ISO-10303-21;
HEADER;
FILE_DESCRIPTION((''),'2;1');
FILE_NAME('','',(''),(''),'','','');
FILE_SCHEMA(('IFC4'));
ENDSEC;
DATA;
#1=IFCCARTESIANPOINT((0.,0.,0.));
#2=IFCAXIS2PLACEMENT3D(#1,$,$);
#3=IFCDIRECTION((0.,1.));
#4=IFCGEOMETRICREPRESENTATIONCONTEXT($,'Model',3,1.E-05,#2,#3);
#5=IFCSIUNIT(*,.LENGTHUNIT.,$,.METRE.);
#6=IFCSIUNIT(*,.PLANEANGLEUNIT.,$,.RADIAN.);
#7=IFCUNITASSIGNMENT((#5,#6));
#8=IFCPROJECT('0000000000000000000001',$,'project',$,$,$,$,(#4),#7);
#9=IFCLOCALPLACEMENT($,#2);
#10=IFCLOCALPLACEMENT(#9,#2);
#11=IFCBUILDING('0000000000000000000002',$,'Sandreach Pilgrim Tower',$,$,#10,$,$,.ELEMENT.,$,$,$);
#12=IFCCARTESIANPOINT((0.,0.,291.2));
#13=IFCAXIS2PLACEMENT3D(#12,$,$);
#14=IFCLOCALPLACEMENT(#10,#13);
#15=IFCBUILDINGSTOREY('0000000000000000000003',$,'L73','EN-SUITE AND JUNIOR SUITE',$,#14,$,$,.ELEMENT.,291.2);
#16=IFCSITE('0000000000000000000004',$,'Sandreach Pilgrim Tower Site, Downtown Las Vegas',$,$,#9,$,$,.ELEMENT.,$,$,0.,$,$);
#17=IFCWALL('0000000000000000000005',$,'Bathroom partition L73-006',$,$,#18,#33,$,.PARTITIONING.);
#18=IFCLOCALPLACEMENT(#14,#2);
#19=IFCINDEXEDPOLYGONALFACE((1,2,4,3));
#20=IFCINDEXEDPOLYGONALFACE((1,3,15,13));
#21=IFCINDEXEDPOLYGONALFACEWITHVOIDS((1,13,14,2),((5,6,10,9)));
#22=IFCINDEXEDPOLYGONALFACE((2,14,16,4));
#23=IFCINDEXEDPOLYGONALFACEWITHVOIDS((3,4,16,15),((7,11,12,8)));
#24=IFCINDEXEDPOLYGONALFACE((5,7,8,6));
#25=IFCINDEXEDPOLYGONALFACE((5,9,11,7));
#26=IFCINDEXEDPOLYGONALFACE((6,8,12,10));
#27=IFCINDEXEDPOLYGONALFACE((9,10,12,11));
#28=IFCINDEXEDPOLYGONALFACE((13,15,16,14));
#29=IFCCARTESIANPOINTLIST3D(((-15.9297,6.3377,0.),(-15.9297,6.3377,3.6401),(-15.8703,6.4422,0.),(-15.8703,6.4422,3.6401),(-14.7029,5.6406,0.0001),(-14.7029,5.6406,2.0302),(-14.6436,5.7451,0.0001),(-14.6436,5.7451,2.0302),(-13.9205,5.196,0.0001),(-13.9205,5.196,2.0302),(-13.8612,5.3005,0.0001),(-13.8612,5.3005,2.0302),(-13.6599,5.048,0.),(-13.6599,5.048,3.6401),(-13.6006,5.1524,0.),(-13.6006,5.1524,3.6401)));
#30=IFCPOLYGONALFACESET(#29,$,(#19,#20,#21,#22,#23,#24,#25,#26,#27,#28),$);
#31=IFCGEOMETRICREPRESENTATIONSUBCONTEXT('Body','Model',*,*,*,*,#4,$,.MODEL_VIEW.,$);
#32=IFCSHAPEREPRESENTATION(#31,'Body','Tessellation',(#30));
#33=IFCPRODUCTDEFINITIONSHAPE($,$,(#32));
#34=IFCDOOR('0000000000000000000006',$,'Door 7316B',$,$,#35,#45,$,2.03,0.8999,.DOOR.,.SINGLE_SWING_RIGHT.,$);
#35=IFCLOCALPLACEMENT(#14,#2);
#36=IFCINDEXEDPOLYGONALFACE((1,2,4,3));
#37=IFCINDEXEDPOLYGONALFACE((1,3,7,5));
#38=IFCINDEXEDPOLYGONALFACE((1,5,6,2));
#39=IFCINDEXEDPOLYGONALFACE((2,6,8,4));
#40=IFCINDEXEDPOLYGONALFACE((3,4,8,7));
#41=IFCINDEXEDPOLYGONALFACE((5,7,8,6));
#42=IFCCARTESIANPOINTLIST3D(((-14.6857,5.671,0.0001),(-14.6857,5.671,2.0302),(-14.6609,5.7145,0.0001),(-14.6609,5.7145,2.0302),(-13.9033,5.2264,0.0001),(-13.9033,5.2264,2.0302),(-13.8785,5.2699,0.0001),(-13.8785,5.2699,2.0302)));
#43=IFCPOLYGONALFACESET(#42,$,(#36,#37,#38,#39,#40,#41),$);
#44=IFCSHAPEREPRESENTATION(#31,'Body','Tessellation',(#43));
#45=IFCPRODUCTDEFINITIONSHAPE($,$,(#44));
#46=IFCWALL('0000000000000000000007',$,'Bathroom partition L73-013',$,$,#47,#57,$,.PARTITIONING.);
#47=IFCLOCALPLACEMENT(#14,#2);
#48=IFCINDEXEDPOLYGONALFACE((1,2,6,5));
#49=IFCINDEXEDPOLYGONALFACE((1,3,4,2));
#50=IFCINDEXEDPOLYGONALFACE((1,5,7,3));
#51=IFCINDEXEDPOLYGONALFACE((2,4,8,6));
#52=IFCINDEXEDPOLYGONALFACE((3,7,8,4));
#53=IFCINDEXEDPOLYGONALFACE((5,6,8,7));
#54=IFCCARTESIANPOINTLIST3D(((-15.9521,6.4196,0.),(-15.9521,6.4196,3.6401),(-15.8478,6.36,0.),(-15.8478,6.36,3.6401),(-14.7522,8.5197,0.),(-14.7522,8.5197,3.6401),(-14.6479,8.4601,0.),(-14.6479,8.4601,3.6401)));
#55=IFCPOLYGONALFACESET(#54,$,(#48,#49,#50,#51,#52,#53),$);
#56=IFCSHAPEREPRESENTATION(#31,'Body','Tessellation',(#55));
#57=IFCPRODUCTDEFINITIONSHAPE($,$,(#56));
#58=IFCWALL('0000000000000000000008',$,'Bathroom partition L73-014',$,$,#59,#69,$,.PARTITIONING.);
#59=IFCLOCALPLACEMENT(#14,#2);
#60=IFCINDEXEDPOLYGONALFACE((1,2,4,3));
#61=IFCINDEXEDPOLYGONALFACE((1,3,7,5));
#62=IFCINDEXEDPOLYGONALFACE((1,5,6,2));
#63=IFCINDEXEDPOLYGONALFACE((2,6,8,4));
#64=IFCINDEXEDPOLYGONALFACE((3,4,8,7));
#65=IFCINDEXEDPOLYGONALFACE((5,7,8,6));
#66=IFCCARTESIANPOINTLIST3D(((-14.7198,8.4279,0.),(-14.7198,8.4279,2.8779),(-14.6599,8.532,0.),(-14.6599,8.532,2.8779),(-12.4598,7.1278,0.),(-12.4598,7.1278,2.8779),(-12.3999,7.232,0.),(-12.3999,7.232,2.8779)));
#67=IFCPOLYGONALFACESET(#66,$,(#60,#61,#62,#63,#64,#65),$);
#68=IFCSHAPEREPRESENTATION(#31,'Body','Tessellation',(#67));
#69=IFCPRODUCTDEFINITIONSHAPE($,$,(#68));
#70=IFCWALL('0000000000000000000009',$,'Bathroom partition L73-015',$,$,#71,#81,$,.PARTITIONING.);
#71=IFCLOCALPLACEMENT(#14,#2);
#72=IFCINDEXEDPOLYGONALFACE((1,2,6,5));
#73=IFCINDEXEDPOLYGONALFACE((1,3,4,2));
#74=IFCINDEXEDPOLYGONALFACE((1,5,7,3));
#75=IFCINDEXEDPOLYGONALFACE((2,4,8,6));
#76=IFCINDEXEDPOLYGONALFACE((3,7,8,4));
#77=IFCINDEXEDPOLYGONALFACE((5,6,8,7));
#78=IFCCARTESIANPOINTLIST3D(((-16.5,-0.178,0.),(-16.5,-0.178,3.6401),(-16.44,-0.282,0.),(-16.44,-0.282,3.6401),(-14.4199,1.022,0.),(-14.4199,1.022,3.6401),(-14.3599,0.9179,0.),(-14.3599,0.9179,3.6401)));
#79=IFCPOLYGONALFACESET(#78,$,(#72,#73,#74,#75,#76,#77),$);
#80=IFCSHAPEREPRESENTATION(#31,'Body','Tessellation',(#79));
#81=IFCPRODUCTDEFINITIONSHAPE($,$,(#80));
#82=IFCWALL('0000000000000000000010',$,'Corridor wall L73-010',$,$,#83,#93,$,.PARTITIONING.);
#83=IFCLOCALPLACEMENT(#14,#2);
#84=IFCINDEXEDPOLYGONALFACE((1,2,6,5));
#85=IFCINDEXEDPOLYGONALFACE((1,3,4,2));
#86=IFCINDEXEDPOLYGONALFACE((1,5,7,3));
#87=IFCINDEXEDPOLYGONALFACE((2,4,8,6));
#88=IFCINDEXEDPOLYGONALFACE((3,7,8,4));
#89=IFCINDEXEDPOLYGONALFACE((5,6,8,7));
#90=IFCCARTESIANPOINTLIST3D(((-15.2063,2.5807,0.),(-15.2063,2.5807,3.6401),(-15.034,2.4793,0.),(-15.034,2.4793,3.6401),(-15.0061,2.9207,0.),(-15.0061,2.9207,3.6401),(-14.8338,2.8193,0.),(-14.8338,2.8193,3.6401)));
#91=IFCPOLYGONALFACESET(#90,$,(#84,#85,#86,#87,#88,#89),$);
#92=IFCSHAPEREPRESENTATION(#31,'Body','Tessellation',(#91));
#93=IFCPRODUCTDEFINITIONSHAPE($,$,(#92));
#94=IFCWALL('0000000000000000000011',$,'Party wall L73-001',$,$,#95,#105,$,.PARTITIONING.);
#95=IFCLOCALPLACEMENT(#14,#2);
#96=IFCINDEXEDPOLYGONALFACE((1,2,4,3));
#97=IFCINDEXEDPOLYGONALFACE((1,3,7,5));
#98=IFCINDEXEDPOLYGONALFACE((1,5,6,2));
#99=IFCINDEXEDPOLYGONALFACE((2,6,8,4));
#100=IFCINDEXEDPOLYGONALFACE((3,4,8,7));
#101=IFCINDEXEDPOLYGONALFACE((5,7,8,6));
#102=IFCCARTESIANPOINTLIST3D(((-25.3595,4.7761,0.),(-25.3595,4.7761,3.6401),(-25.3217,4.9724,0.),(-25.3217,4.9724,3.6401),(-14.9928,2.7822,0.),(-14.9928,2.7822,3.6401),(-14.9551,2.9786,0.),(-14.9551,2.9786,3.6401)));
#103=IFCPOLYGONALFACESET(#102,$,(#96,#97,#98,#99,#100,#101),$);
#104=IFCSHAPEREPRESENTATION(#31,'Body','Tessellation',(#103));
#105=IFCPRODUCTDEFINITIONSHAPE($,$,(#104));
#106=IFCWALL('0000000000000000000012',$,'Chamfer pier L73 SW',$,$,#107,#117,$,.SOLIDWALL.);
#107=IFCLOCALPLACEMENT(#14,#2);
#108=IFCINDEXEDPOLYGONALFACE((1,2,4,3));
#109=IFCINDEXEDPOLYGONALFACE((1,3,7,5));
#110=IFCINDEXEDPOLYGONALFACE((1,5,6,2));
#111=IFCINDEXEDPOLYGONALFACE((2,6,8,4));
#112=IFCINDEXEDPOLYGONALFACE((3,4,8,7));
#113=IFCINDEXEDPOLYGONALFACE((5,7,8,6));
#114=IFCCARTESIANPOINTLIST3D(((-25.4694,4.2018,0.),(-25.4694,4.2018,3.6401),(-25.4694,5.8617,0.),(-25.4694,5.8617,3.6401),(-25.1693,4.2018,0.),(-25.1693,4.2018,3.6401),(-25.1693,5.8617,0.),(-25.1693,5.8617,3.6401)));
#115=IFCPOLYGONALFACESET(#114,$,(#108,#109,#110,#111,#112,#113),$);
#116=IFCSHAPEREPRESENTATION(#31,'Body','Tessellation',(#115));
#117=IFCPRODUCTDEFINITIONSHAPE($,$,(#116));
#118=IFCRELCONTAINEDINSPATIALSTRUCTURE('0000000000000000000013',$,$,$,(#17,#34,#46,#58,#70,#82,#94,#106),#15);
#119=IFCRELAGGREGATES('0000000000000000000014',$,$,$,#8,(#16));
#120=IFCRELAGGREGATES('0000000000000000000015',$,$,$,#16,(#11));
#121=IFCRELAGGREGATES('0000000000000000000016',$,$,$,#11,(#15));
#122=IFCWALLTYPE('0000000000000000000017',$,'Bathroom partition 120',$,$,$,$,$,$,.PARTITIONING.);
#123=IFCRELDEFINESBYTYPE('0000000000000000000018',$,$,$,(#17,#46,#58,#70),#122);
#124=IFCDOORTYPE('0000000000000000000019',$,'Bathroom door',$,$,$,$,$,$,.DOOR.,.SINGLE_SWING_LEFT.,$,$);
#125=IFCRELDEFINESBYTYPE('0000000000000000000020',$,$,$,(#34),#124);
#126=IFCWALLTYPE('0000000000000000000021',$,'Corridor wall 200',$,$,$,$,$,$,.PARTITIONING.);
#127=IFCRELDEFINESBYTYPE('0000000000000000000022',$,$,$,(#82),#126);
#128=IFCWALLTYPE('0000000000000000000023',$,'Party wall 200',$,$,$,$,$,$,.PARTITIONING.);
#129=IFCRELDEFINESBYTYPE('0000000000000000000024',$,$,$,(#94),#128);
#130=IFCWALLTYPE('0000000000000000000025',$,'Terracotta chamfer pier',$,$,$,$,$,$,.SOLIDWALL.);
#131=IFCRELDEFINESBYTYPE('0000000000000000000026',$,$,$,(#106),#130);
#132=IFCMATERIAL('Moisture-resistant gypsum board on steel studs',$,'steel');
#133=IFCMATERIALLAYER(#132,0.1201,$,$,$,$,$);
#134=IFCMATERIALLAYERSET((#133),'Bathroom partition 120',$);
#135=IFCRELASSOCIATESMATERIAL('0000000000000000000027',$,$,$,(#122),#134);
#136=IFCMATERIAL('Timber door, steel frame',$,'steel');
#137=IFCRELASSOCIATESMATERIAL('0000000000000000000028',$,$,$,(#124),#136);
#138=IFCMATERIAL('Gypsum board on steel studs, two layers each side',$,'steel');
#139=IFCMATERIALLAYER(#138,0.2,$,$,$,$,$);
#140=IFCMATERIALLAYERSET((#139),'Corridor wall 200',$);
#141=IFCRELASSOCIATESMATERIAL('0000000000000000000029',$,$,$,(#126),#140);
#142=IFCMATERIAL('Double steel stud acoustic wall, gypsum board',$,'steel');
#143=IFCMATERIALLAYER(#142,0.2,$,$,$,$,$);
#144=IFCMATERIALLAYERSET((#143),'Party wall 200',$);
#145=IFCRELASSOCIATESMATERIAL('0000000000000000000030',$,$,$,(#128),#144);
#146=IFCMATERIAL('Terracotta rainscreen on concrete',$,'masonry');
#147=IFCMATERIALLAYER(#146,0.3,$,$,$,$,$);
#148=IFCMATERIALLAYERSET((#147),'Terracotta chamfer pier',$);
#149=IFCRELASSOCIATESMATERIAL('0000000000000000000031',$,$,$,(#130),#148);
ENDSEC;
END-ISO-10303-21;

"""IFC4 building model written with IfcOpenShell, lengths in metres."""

from ifc_helpers import new_model, si_unit, direction, frame, frame_2d, origin, place, context, subcontext, project, spatial, rectangle, extrude, material, layer, layer_set, type_object, element, fill, save


model = new_model("IFC4")

# Units and contexts
model_context = context("Model", 3, precision=1e-05, world=origin(), true_north=direction((0.0, 1.0)))
body_context = subcontext(model_context, "Body", "Model", "MODEL_VIEW")
ifc_project = project(units=[si_unit("LENGTHUNIT", "METRE"), si_unit("PLANEANGLEUNIT", "RADIAN")], contexts=[model_context])

# Site, building, storey
site_placement = place(None, origin())
site = spatial("IfcSite", under=ifc_project, at=site_placement, Name="Sandreach Pilgrim Tower Site, Downtown Las Vegas", CompositionType="ELEMENT", RefElevation=0.0)
building_placement = place(site_placement, origin())
building = spatial("IfcBuilding", under=site, at=building_placement, Name="Sandreach Pilgrim Tower", CompositionType="ELEMENT")
storey_placement = place(building_placement, frame((0.0, 0.0, 291.2)))
storey = spatial("IfcBuildingStorey", under=building, at=storey_placement, Name="L73", Description="EN-SUITE AND JUNIOR SUITE", CompositionType="ELEMENT", Elevation=291.2)

# Wall, opening, door
ifc_material_1 = material(Name="Moisture-resistant gypsum board on steel studs", Category="steel")
ifc_layer_1 = layer(ifc_material_1, 0.1201)
ifc_layer_set_1 = layer_set([ifc_layer_1], Name="Bathroom partition 120")
wall_type_1 = type_object("IfcWallType", Name="Bathroom partition 120", PredefinedType="PARTITIONING", material=ifc_layer_set_1)
ifc_material_2 = material(Name="Timber door, steel frame", Category="steel")
door_type_1 = type_object("IfcDoorType", Name="Bathroom door", OperationType="SINGLE_SWING_LEFT", PredefinedType="DOOR", material=ifc_material_2)
wall_1_placement = place(storey_placement, frame((-15.8999, 6.3899, 0.0), z_axis=(0.0, 0.0, 1.0), x_axis=(0.869432, -0.494053, 0.0)))
wall_1 = element("IfcWall", 1, at=wall_1_placement, inside=storey, type_object=wall_type_1, Name="Bathroom partition L73-006", PredefinedType="PARTITIONING", context=body_context, shape_type="SweptSolid", body=[
    extrude(rectangle(XDim=2.6106, YDim=0.1201, at=frame_2d((1.3052, 0.0))), origin(), (0.0, 0.0, 1.0), 3.6401),
])
opening_1_placement = place(wall_1_placement, frame((1.4109, 0.0, 0.0)))
opening_1 = element("IfcOpeningElement", 2, at=opening_1_placement, cuts=wall_1, PredefinedType="OPENING", context=body_context, shape_type="SweptSolid", body=[
    extrude(rectangle(XDim=0.8999, YDim=2.03, at=frame_2d((0.45, 1.0151))), frame((0.0, 0.0601, 0.0), z_axis=(0.0, -1.0, 0.0), x_axis=(1.0, 0.0, 0.0)), (0.0, 0.0, 1.0), 0.1201),
])
door_1_placement = place(opening_1_placement, origin())
door_1 = element("IfcDoor", 3, at=door_1_placement, inside=storey, type_object=door_type_1, Name="Door 7316B", OperationType="SINGLE_SWING_RIGHT", OverallHeight=2.03, OverallWidth=0.8999, PredefinedType="DOOR", context=body_context, shape_type="SweptSolid", body=[
    extrude(rectangle(XDim=0.8999, YDim=2.03, at=frame_2d((0.45, 1.0151))), frame((0.0, 0.0249, 0.0), z_axis=(0.0, -1.0, 0.0), x_axis=(1.0, 0.0, 0.0)), (0.0, 0.0, 1.0), 0.05),
])
fill(opening_1, door_1)

# Walls
wall_2_placement = place(storey_placement, frame((-14.7, 8.49, 0.0), z_axis=(0.0, 0.0, 1.0), x_axis=(-0.496106, -0.868262, 0.0)))
element("IfcWall", 4, at=wall_2_placement, inside=storey, type_object=wall_type_1, Name="Bathroom partition L73-013", PredefinedType="PARTITIONING", context=body_context, shape_type="SweptSolid", body=[
    extrude(rectangle(XDim=2.4187, YDim=0.1201, at=frame_2d((1.2095, 0.0))), origin(), (0.0, 0.0, 1.0), 3.6401),
])
wall_3_placement = place(storey_placement, frame((-14.6899, 8.48, 0.0), z_axis=(0.0, 0.0, 1.0), x_axis=(0.866816, -0.498628, 0.0)))
element("IfcWall", 5, at=wall_3_placement, inside=storey, type_object=wall_type_1, Name="Bathroom partition L73-014", PredefinedType="PARTITIONING", context=body_context, shape_type="SweptSolid", body=[
    extrude(rectangle(XDim=2.6072, YDim=0.1201, at=frame_2d((1.3037, 0.0))), origin(), (0.0, 0.0, 1.0), 2.8779),
])
wall_4_placement = place(storey_placement, frame((-14.3899, 0.97, 0.0), z_axis=(0.0, 0.0, 1.0), x_axis=(-0.866203, -0.499693, 0.0)))
element("IfcWall", 6, at=wall_4_placement, inside=storey, type_object=wall_type_1, Name="Bathroom partition L73-015", PredefinedType="PARTITIONING", context=body_context, shape_type="SweptSolid", body=[
    extrude(rectangle(XDim=2.4014, YDim=0.1201, at=frame_2d((1.2007, 0.0))), origin(), (0.0, 0.0, 1.0), 3.6401),
])
ifc_material_3 = material(Name="Gypsum board on steel studs, two layers each side", Category="steel")
ifc_layer_2 = layer(ifc_material_3, 0.2)
ifc_layer_set_2 = layer_set([ifc_layer_2], Name="Corridor wall 200")
wall_type_2 = type_object("IfcWallType", Name="Corridor wall 200", PredefinedType="PARTITIONING", material=ifc_layer_set_2)
wall_5_placement = place(storey_placement, frame((-15.1201, 2.53, 0.0), z_axis=(0.0, 0.0, 1.0), x_axis=(0.50729, 0.861775, 0.0)))
element("IfcWall", 7, at=wall_5_placement, inside=storey, type_object=wall_type_2, Name="Corridor wall L73-010", PredefinedType="PARTITIONING", context=body_context, shape_type="SweptSolid", body=[
    extrude(rectangle(XDim=0.3945, YDim=0.2, at=frame_2d((0.1973, 0.0))), origin(), (0.0, 0.0, 1.0), 3.6401),
])

# Walls
ifc_material_4 = material(Name="Double steel stud acoustic wall, gypsum board", Category="steel")
ifc_layer_3 = layer(ifc_material_4, 0.2)
ifc_layer_set_3 = layer_set([ifc_layer_3], Name="Party wall 200")
wall_type_3 = type_object("IfcWallType", Name="Party wall 200", PredefinedType="PARTITIONING", material=ifc_layer_set_3)
wall_6_placement = place(storey_placement, frame((-25.3406, 4.8743, 0.0), z_axis=(0.0, 0.0, 1.0), x_axis=(0.982001, -0.188875, 0.0)))
element("IfcWall", 8, at=wall_6_placement, inside=storey, type_object=wall_type_3, Name="Party wall L73-001", PredefinedType="PARTITIONING", context=body_context, shape_type="SweptSolid", body=[
    extrude(rectangle(XDim=10.5566, YDim=0.2, at=frame_2d((5.2783, 0.0))), origin(), (0.0, 0.0, 1.0), 3.6401),
])
ifc_material_5 = material(Name="Terracotta rainscreen on concrete", Category="masonry")
ifc_layer_4 = layer(ifc_material_5, 0.3)
ifc_layer_set_4 = layer_set([ifc_layer_4], Name="Terracotta chamfer pier")
wall_type_4 = type_object("IfcWallType", Name="Terracotta chamfer pier", PredefinedType="SOLIDWALL", material=ifc_layer_set_4)
wall_7_placement = place(storey_placement, frame((-25.3193, 4.2017, 0.0), z_axis=(0.0, 0.0, 1.0), x_axis=(0.0, 1.0, 0.0)))
element("IfcWall", 9, at=wall_7_placement, inside=storey, type_object=wall_type_4, Name="Chamfer pier L73 SW", PredefinedType="SOLIDWALL", context=body_context, shape_type="SweptSolid", body=[
    extrude(rectangle(XDim=1.6599, YDim=0.3, at=frame_2d((0.8301, 0.0))), origin(), (0.0, 0.0, 1.0), 3.6401),
])

save(model, "model.ifc")
